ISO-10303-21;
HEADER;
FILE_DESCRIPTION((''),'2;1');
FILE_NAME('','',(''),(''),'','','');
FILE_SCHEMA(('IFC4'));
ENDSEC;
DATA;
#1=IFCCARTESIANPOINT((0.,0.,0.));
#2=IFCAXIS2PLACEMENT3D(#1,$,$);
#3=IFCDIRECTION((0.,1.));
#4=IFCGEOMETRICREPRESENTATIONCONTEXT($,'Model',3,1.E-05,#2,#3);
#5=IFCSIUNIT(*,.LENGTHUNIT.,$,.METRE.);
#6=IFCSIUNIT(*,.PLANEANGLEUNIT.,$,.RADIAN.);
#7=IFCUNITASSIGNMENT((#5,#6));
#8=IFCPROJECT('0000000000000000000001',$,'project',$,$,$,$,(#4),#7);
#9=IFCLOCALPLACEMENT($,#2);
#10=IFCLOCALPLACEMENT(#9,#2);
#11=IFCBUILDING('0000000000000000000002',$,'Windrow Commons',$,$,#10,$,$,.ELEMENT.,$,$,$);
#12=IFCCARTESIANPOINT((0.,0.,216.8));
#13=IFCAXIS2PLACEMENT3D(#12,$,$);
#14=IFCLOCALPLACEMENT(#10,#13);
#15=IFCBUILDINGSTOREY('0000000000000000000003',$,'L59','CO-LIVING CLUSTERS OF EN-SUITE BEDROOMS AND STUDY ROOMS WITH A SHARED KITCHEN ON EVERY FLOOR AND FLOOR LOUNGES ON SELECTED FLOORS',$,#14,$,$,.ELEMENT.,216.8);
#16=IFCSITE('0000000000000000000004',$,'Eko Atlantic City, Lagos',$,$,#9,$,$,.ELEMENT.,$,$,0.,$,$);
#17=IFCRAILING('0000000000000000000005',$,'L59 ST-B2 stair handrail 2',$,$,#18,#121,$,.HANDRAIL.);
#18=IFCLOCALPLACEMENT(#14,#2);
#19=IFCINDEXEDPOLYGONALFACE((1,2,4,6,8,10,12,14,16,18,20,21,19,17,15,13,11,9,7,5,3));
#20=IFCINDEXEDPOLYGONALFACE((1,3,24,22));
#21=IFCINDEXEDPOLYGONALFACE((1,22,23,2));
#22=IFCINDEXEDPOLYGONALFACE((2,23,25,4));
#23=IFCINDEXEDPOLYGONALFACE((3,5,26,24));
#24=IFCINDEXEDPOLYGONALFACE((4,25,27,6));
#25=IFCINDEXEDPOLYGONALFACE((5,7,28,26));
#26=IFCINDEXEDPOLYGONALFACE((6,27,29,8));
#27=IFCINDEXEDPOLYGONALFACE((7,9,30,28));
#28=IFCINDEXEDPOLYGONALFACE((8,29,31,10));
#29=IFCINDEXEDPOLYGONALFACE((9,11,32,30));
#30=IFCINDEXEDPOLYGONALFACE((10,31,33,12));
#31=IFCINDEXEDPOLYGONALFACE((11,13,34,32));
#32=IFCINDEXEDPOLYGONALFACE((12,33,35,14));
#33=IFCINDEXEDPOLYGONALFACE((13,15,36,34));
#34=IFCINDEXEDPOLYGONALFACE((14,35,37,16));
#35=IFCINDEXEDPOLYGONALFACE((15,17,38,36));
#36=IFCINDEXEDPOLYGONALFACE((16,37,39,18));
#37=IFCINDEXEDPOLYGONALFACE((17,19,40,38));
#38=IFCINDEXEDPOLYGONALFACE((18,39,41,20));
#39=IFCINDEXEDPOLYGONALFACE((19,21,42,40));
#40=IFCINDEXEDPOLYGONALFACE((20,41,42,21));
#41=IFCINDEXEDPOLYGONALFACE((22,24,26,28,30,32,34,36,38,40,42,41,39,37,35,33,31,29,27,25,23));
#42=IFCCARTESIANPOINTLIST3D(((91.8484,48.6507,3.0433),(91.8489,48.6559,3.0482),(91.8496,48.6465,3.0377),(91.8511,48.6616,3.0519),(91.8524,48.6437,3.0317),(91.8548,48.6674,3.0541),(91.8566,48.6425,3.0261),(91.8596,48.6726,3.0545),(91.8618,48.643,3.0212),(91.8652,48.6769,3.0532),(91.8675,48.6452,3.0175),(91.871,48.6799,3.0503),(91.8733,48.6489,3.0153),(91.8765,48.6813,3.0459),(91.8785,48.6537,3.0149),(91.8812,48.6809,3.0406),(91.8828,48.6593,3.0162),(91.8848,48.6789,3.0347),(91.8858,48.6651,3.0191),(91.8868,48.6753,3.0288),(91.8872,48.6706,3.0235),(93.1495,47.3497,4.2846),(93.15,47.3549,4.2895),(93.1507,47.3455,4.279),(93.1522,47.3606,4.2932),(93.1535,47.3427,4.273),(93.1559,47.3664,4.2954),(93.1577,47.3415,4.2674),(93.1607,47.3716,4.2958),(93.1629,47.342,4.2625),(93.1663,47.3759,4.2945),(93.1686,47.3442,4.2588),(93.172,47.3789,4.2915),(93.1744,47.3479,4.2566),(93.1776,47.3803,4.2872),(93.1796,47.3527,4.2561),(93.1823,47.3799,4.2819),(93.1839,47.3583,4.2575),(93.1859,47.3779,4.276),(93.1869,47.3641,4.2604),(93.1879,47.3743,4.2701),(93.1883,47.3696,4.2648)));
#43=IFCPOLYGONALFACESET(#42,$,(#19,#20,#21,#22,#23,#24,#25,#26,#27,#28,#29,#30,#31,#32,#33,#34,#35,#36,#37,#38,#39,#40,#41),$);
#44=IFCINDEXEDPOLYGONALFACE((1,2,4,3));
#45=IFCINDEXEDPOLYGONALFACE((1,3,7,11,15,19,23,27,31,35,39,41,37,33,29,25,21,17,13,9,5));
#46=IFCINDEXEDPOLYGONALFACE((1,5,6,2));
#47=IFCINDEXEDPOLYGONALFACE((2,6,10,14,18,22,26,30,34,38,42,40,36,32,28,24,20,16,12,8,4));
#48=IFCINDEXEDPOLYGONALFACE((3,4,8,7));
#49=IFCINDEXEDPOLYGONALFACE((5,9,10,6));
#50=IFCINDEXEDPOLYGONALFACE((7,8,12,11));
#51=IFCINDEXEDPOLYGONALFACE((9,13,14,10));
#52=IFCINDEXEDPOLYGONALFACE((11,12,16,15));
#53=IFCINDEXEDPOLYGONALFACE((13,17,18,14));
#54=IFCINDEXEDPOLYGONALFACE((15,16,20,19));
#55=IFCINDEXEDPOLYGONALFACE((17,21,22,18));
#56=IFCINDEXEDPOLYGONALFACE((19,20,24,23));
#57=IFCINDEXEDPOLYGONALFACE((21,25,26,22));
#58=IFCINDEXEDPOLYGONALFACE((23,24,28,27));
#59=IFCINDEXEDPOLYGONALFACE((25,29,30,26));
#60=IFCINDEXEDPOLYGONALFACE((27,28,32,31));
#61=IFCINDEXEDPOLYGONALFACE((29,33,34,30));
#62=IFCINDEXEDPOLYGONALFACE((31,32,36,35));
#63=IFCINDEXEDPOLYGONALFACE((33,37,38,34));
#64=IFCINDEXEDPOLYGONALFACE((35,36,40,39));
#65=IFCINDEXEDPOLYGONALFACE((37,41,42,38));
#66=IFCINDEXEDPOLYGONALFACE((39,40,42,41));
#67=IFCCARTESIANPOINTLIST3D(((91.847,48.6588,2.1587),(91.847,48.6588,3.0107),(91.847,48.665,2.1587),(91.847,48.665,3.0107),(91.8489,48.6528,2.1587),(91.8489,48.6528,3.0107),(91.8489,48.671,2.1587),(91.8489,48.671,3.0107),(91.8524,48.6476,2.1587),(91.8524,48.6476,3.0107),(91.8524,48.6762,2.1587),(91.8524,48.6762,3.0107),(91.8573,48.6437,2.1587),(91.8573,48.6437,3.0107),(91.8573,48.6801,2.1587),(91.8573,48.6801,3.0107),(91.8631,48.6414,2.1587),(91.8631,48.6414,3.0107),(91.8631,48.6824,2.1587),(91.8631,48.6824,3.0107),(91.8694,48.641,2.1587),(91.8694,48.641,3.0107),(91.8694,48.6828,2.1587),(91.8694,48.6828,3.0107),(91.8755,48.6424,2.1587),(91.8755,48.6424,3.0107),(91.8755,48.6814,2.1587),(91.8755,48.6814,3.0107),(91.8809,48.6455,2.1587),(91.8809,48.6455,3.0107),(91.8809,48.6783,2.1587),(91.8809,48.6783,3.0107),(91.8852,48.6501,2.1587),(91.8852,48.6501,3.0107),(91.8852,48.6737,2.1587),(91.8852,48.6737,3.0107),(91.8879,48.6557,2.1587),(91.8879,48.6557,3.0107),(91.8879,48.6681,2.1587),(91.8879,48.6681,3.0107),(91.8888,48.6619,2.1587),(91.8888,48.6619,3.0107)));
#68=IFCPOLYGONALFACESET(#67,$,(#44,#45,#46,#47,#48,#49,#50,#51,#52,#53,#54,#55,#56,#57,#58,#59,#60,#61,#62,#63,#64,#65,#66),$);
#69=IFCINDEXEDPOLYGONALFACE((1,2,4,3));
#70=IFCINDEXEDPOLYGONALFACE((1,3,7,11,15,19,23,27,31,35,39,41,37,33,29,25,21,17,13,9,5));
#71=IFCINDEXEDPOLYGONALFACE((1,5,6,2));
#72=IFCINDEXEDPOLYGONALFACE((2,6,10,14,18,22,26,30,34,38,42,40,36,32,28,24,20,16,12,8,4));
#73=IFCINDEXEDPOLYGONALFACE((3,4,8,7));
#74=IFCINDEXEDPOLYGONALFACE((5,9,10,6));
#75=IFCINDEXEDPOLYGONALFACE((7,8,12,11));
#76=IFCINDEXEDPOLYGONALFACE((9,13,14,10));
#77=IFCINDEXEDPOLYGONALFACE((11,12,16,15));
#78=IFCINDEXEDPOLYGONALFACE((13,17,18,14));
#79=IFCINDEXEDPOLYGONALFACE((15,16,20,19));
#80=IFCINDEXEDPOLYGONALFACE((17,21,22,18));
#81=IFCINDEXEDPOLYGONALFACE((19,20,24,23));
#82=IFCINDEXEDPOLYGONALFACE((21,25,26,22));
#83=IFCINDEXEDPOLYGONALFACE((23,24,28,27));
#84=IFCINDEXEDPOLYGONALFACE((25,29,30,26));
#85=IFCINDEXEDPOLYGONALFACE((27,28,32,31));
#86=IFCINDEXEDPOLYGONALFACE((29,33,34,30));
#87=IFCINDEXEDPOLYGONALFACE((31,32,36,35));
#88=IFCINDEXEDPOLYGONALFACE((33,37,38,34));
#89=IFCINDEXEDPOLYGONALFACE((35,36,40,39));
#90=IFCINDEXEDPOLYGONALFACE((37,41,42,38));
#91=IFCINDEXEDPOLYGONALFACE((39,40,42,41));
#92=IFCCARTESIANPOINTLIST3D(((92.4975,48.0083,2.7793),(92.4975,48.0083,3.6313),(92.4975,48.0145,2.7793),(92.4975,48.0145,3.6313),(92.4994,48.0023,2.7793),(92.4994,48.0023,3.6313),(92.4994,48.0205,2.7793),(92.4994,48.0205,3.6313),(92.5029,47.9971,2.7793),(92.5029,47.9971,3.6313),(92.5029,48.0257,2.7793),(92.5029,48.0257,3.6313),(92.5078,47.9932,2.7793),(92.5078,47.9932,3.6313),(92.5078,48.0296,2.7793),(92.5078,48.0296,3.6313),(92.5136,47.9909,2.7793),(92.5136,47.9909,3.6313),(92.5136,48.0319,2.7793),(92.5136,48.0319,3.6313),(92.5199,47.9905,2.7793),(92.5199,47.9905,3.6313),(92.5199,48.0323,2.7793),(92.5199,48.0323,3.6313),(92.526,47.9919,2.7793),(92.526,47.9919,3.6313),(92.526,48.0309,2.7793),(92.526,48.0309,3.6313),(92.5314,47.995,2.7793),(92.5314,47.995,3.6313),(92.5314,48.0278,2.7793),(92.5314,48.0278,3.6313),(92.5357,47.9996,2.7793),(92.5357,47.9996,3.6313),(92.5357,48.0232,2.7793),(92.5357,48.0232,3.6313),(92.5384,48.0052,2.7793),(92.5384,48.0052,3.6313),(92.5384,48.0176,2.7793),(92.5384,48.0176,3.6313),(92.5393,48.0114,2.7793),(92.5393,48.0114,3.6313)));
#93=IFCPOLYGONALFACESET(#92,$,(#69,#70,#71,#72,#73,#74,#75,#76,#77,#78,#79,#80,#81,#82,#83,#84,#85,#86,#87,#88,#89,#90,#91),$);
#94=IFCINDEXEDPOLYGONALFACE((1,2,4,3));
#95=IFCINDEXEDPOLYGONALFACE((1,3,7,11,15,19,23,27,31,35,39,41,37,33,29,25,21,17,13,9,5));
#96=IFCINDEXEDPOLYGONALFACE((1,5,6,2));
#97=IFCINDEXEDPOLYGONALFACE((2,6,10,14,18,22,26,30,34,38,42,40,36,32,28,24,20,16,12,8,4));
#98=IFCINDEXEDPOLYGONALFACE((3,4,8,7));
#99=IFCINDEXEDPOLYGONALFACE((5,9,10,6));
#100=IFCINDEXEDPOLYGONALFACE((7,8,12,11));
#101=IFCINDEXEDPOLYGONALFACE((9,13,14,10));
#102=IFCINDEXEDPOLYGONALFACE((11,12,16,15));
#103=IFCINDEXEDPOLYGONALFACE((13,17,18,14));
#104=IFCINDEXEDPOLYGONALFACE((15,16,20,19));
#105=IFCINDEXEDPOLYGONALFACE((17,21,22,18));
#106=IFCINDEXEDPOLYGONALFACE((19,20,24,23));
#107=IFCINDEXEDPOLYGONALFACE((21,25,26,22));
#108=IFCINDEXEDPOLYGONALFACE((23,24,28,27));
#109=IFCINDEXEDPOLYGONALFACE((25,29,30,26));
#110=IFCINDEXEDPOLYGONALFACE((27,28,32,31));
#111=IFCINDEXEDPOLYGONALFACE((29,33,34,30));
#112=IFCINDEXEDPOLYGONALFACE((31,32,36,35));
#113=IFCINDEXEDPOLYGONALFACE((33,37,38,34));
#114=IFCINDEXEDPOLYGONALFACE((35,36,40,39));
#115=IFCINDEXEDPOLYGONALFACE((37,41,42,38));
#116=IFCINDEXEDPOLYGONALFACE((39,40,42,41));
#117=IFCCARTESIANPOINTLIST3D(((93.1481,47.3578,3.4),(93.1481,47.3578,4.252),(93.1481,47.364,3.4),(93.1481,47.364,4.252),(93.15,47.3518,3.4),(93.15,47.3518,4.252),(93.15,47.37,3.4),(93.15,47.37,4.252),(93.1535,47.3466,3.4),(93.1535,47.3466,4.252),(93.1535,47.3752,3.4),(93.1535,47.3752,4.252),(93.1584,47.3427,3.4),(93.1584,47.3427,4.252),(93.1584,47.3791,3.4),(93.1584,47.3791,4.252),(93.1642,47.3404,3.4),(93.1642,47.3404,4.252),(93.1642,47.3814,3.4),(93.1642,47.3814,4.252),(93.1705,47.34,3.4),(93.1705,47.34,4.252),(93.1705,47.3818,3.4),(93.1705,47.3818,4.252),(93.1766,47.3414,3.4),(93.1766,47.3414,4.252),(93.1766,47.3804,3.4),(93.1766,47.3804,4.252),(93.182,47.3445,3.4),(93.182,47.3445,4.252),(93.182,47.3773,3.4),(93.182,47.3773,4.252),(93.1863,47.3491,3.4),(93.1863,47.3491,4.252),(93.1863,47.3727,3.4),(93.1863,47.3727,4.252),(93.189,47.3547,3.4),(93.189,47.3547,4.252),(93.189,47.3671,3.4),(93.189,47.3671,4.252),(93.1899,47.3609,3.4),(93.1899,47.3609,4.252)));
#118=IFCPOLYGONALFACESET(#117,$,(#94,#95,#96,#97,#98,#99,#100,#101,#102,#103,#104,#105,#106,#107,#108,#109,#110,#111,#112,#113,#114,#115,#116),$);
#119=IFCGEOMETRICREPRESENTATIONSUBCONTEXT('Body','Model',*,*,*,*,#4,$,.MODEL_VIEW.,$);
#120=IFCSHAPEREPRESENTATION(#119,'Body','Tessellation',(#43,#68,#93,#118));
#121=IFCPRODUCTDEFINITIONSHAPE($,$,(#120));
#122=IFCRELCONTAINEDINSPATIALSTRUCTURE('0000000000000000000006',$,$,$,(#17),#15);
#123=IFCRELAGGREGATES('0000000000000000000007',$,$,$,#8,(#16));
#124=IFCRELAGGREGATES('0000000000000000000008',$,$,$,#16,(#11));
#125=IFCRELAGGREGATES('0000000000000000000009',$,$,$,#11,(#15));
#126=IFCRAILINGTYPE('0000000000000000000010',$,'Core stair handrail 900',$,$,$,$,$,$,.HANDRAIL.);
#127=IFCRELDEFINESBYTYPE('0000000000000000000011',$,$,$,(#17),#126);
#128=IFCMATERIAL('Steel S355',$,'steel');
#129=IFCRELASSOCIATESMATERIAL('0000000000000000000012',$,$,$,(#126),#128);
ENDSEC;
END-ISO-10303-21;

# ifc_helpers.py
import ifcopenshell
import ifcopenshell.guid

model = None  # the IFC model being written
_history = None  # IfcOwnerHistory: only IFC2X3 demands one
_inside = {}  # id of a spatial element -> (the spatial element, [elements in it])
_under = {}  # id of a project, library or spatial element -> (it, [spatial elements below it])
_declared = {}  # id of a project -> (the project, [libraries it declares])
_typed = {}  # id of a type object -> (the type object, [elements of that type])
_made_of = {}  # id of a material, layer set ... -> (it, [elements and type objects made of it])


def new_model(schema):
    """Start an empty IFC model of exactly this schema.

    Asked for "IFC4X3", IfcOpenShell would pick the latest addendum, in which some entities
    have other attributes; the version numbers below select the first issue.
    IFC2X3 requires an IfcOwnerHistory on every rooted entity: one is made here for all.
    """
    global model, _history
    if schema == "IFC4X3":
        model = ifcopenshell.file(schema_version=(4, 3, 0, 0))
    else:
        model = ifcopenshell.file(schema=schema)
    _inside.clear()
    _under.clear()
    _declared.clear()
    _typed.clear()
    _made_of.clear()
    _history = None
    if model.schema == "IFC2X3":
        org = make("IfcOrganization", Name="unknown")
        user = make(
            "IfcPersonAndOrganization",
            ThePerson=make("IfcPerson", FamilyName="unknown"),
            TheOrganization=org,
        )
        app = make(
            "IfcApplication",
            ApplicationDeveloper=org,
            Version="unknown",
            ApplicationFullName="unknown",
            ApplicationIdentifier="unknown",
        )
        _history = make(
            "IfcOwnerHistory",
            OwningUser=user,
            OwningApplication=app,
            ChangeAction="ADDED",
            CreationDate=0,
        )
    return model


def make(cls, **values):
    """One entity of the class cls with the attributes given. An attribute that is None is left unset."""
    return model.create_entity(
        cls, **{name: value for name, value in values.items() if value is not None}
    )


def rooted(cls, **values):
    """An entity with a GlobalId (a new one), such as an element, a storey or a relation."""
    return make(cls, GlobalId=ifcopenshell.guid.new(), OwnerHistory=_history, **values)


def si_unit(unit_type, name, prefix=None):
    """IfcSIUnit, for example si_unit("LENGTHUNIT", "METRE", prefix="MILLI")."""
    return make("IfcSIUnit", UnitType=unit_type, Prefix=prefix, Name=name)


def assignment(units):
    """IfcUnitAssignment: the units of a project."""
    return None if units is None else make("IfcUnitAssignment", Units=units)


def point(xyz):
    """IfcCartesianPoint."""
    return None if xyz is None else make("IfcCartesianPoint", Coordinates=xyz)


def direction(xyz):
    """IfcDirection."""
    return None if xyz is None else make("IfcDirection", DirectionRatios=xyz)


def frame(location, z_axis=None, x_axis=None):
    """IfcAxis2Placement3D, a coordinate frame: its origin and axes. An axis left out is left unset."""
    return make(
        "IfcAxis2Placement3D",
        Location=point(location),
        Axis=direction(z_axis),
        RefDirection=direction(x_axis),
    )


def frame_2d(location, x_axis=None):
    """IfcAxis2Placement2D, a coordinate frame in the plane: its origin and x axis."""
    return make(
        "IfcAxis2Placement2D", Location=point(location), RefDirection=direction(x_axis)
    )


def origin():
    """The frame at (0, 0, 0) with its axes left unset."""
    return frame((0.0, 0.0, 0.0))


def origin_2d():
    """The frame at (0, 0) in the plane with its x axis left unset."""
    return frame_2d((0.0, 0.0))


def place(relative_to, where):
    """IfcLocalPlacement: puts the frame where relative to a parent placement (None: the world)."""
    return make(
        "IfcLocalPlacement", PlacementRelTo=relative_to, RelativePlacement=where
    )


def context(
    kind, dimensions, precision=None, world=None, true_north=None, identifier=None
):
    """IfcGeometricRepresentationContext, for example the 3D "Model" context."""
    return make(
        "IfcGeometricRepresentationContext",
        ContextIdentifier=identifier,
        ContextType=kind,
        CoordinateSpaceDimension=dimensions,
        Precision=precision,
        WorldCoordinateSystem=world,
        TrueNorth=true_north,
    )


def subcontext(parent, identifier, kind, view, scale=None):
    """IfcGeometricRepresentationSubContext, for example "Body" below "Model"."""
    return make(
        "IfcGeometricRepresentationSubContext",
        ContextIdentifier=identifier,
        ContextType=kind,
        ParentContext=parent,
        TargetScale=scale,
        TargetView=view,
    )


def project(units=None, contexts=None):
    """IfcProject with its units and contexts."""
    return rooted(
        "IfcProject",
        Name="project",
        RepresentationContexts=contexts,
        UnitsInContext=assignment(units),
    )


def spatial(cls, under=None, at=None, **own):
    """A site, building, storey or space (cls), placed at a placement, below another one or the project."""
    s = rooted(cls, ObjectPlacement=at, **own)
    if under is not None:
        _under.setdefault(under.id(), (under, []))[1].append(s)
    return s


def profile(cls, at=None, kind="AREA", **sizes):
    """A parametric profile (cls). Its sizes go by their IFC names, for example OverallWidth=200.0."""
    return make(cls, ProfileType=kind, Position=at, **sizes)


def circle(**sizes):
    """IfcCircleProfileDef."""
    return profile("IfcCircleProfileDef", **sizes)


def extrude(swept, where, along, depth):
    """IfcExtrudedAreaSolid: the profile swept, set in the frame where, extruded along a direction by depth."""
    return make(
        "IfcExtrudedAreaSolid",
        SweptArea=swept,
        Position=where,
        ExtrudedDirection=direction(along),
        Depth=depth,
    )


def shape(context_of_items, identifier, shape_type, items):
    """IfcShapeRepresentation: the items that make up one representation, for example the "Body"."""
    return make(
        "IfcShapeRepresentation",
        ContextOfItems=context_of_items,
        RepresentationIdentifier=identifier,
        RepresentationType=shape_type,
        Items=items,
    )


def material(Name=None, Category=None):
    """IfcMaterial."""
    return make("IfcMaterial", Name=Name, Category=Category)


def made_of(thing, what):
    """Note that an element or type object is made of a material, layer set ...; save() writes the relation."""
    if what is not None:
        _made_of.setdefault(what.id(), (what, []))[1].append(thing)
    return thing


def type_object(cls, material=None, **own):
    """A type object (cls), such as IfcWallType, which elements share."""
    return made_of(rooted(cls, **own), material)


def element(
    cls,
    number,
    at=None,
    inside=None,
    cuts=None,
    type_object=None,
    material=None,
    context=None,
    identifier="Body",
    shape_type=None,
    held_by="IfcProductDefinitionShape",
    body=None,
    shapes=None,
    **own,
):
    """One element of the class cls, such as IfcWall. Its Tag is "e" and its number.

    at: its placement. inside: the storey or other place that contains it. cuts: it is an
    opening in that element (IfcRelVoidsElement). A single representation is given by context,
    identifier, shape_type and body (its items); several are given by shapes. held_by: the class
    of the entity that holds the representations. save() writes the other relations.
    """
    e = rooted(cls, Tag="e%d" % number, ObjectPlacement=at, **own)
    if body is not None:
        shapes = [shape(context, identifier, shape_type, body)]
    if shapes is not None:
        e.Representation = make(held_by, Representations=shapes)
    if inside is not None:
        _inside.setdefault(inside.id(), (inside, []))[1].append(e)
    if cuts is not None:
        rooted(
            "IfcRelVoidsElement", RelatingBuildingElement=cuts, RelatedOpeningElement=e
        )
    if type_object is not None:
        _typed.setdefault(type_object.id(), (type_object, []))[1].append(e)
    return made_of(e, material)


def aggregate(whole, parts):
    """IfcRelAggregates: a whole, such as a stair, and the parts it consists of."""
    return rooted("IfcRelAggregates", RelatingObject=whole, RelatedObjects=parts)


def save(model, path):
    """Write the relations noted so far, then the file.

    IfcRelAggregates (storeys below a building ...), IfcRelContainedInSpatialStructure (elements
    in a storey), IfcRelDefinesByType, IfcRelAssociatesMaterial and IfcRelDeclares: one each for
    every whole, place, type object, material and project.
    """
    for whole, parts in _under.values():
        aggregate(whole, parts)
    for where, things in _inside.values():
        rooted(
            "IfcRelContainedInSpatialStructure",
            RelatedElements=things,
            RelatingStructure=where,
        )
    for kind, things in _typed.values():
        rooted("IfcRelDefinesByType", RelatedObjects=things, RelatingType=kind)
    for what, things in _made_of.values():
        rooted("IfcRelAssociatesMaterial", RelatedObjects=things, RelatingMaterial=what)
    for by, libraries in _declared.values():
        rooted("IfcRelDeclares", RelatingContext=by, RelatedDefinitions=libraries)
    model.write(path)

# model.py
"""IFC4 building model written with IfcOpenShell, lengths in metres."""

from ifc_helpers import new_model, si_unit, direction, frame, origin, origin_2d, place, context, subcontext, project, spatial, circle, extrude, material, type_object, element, save


model = new_model("IFC4")

# Units and contexts
model_context = context("Model", 3, precision=1e-05, world=origin(), true_north=direction((0.0, 1.0)))
body_context = subcontext(model_context, "Body", "Model", "MODEL_VIEW")
ifc_project = project(units=[si_unit("LENGTHUNIT", "METRE"), si_unit("PLANEANGLEUNIT", "RADIAN")], contexts=[model_context])

# Site, building, storey
site_placement = place(None, origin())
site = spatial("IfcSite", under=ifc_project, at=site_placement, Name="Eko Atlantic City, Lagos", CompositionType="ELEMENT", RefElevation=0.0)
building_placement = place(site_placement, origin())
building = spatial("IfcBuilding", under=site, at=building_placement, Name="Windrow Commons", CompositionType="ELEMENT")
storey_placement = place(building_placement, frame((0.0, 0.0, 216.8)))
storey = spatial("IfcBuildingStorey", under=building, at=storey_placement, Name="L59", Description="CO-LIVING CLUSTERS OF EN-SUITE BEDROOMS AND STUDY ROOMS WITH A SHARED KITCHEN ON EVERY FLOOR AND FLOOR LOUNGES ON SELECTED FLOORS", CompositionType="ELEMENT", Elevation=216.8)

# Railing
ifc_material_1 = material(Name="Steel S355", Category="steel")
railing_type_1 = type_object("IfcRailingType", Name="Core stair handrail 900", PredefinedType="HANDRAIL", material=ifc_material_1)
railing_1_placement = place(storey_placement, frame((91.8678, 48.6619, 2.1587)))
element("IfcRailing", 1, at=railing_1_placement, inside=storey, type_object=railing_type_1, Name="L59 ST-B2 stair handrail 2", PredefinedType="HANDRAIL", context=body_context, shape_type="SweptSolid", body=[
    extrude(circle(Radius=0.024, at=origin_2d()), frame((0.0, 0.0, 0.876), z_axis=(0.586207, -0.586162, 0.559264), x_axis=(0.70708, 0.707134, 0.0)), (0.0, 0.0, 1.0), 2.2195),
    extrude(circle(Radius=0.021, at=origin_2d()), origin(), (0.0, 0.0, 1.0), 0.852),
    extrude(circle(Radius=0.021, at=origin_2d()), frame((0.6505, -0.6505, 0.6206)), (0.0, 0.0, 1.0), 0.852),
    extrude(circle(Radius=0.021, at=origin_2d()), frame((1.3011, -1.301, 1.2413)), (0.0, 0.0, 1.0), 0.852),
])

save(model, "model.ifc")
